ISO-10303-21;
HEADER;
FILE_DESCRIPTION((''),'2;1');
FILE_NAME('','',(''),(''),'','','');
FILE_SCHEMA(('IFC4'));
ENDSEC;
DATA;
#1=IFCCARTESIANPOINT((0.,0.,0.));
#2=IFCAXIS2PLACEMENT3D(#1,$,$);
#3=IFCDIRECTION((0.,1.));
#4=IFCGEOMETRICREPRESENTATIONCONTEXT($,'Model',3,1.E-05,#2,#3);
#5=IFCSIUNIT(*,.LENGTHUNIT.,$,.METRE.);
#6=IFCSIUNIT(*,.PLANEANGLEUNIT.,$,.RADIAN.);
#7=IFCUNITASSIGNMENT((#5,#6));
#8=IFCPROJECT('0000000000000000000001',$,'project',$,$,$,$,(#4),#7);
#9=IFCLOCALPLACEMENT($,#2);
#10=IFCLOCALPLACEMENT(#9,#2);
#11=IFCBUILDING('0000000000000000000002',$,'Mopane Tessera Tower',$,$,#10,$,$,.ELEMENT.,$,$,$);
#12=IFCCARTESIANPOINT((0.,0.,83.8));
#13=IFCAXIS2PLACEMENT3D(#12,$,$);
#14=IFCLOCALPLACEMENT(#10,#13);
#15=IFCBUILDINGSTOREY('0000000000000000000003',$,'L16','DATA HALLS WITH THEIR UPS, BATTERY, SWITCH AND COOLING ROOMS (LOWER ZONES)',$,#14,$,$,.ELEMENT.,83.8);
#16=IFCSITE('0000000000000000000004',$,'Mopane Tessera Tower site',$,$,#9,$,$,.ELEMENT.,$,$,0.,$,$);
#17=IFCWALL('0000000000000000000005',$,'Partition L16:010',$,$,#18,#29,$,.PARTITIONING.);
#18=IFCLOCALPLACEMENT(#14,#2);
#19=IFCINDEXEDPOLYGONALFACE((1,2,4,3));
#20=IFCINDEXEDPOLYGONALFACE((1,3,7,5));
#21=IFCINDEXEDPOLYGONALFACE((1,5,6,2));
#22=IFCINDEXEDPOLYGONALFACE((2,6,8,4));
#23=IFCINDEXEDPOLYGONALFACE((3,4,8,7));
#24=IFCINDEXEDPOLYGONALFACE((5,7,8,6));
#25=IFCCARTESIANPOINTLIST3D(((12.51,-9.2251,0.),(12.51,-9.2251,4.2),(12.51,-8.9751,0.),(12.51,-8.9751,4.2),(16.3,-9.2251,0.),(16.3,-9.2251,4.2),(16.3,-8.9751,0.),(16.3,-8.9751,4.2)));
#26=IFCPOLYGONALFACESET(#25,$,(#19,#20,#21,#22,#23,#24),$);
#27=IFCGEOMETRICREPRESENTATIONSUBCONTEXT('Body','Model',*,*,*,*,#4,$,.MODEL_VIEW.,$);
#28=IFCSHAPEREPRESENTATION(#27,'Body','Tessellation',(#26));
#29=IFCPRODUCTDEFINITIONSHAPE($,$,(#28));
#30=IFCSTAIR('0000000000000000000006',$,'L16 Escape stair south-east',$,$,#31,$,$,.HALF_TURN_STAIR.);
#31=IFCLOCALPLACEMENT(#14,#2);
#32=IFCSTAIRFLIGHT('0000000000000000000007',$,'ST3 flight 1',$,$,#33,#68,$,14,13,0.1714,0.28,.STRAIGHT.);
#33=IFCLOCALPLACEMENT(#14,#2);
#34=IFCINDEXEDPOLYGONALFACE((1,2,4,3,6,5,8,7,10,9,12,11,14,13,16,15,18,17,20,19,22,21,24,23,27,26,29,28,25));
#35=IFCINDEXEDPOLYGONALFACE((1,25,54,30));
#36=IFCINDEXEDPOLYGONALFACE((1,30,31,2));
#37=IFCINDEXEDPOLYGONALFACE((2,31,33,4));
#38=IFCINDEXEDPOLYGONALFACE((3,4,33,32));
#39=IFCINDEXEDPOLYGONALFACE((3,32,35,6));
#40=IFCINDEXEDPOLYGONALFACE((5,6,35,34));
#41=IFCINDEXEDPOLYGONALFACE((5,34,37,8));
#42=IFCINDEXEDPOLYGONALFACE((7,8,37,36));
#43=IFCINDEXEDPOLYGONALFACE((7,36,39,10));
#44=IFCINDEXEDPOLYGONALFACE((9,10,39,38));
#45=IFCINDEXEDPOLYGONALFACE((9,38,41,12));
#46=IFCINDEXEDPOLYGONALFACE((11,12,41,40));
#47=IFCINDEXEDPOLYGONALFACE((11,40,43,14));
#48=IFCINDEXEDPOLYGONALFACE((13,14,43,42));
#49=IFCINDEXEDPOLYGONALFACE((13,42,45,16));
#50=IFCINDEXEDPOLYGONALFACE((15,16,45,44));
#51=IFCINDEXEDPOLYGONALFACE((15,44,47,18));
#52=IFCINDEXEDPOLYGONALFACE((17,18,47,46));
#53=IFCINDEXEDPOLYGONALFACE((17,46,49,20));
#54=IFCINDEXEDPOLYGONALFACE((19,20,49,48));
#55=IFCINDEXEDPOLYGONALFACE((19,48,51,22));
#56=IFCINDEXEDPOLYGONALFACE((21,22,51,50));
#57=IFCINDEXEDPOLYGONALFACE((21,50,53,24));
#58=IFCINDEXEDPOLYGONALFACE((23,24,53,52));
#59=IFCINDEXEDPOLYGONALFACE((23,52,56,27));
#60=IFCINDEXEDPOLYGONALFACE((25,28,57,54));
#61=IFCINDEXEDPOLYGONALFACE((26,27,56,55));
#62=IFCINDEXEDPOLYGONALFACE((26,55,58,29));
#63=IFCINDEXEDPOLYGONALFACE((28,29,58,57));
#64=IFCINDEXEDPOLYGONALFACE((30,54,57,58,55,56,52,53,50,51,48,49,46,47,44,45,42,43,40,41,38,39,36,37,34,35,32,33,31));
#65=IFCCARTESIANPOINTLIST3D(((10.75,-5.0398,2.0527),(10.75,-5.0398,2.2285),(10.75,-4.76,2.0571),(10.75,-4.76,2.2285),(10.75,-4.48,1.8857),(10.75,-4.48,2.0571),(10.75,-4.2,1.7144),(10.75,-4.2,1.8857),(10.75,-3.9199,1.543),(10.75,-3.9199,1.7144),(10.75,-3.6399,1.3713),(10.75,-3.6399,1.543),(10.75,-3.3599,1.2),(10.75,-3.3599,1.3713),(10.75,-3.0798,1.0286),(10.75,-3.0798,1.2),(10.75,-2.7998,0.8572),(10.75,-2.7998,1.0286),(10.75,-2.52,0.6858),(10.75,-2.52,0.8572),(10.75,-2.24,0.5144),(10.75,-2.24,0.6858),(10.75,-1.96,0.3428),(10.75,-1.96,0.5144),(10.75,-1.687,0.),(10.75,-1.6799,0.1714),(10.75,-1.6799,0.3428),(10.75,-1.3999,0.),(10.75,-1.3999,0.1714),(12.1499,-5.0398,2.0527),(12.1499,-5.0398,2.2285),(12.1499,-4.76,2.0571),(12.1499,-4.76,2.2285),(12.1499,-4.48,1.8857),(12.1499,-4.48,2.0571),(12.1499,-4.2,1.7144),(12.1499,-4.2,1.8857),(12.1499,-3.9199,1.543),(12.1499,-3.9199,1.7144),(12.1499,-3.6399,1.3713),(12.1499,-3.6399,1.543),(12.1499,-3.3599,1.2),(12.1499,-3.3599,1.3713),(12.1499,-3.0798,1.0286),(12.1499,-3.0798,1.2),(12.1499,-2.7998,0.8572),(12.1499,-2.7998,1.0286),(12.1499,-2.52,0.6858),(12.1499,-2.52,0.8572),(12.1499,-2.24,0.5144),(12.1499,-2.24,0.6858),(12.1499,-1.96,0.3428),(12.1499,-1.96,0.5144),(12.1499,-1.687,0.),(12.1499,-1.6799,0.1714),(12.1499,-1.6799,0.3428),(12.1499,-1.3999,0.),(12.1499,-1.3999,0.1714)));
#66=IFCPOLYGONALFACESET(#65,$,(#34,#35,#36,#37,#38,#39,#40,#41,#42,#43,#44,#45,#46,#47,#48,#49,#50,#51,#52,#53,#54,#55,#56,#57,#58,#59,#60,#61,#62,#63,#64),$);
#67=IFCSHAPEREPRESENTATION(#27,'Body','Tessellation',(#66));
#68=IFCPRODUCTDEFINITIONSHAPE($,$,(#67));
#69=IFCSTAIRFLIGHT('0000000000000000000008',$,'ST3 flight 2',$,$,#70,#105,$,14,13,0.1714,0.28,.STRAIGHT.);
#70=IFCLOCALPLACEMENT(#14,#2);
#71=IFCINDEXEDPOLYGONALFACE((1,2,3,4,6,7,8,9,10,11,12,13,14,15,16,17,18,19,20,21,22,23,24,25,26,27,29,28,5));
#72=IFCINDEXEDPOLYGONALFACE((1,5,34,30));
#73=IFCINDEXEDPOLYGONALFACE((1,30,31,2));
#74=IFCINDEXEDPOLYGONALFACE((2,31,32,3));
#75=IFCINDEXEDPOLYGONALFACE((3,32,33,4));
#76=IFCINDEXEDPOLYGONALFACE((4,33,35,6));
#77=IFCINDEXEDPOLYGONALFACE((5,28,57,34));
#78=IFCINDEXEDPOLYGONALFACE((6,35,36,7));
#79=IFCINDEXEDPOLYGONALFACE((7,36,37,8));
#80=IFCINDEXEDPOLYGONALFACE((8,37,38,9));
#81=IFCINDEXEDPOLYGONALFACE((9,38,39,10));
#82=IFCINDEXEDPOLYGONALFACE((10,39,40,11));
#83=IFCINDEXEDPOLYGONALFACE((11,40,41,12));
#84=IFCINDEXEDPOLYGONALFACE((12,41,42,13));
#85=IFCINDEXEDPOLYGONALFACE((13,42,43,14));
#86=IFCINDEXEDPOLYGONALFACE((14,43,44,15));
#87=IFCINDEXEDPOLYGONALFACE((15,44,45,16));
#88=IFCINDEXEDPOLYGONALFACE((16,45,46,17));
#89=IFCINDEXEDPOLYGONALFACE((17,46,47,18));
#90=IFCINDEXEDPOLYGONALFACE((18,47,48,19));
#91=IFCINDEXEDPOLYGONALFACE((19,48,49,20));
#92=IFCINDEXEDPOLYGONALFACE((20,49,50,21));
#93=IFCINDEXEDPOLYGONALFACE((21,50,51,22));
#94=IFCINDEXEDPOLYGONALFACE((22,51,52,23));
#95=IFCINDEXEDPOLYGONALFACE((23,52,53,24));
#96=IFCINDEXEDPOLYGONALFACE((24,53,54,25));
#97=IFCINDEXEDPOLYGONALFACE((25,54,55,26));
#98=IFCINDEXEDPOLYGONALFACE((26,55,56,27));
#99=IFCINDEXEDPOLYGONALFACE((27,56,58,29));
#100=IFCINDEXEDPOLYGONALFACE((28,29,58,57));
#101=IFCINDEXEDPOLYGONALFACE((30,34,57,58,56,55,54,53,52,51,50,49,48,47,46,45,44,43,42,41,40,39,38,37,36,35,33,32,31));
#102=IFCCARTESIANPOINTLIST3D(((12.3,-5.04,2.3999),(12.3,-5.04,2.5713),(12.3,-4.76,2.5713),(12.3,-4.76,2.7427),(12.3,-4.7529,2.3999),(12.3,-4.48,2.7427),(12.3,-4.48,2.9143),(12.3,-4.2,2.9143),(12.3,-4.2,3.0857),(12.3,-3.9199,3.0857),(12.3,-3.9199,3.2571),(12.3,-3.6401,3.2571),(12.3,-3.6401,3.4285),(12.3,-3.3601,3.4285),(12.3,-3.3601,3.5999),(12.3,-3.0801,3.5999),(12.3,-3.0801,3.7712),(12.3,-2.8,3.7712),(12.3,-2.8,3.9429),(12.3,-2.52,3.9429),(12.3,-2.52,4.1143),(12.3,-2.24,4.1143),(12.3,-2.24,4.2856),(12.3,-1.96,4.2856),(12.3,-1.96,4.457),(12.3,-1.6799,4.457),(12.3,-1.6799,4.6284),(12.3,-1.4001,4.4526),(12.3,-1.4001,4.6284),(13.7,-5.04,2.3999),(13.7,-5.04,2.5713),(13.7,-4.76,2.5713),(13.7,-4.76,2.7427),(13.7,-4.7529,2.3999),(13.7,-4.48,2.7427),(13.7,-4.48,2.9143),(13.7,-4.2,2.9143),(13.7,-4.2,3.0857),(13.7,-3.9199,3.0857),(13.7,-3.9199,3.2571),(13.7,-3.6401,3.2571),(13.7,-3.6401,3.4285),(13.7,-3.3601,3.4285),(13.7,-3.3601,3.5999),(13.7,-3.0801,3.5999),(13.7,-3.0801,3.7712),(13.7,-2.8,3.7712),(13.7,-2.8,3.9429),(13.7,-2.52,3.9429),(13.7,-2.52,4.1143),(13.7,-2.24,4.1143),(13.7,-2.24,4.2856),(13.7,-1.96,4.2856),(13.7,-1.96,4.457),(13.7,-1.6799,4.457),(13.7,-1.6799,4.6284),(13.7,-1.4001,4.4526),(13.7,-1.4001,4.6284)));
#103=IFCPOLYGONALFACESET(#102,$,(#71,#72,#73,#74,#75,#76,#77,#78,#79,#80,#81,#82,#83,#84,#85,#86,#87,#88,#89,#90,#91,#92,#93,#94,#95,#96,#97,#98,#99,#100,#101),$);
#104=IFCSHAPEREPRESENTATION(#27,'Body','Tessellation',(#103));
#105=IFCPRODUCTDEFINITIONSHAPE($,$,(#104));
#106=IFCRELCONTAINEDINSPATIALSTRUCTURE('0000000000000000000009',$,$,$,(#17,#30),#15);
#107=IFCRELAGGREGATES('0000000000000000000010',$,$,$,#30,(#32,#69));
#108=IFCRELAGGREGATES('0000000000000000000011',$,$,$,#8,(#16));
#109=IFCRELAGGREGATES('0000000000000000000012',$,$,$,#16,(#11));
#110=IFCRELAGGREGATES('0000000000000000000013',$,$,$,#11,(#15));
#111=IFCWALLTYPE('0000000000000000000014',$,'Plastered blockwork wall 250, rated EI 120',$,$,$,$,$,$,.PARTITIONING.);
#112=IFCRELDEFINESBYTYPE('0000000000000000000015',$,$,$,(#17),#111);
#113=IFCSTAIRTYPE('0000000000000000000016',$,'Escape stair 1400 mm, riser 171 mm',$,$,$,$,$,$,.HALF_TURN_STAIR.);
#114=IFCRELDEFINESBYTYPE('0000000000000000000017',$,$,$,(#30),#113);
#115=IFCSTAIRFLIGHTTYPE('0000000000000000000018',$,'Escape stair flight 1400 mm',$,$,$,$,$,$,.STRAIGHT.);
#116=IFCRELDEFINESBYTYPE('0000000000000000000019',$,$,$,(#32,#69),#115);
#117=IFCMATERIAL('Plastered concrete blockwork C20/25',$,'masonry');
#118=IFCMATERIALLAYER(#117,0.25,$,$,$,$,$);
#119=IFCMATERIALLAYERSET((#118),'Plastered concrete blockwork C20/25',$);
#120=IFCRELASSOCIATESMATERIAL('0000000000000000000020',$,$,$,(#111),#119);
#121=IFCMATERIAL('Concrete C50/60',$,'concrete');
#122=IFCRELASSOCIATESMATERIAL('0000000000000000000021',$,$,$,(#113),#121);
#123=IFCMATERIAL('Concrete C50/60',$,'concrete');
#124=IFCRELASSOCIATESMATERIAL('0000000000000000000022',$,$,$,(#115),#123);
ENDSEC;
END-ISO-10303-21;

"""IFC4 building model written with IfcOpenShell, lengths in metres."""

from ifc_helpers import new_model, si_unit, direction, frame, frame_2d, origin, place, context, subcontext, project, spatial, polyline, rectangle, outline, extrude, material, layer, layer_set, type_object, element, aggregate, save


model = new_model("IFC4")

# Units and contexts
model_context = context("Model", 3, precision=1e-05, world=origin(), true_north=direction((0.0, 1.0)))
body_context = subcontext(model_context, "Body", "Model", "MODEL_VIEW")
ifc_project = project(units=[si_unit("LENGTHUNIT", "METRE"), si_unit("PLANEANGLEUNIT", "RADIAN")], contexts=[model_context])

# Site, building, storey
site_placement = place(None, origin())
site = spatial("IfcSite", under=ifc_project, at=site_placement, Name="Mopane Tessera Tower site", CompositionType="ELEMENT", RefElevation=0.0)
building_placement = place(site_placement, origin())
building = spatial("IfcBuilding", under=site, at=building_placement, Name="Mopane Tessera Tower", CompositionType="ELEMENT")
storey_placement = place(building_placement, frame((0.0, 0.0, 83.8)))
storey = spatial("IfcBuildingStorey", under=building, at=storey_placement, Name="L16", Description="DATA HALLS WITH THEIR UPS, BATTERY, SWITCH AND COOLING ROOMS (LOWER ZONES)", CompositionType="ELEMENT", Elevation=83.8)

# Wall
ifc_material_1 = material(Name="Plastered concrete blockwork C20/25", Category="masonry")
ifc_layer_1 = layer(ifc_material_1, 0.25)
ifc_layer_set_1 = layer_set([ifc_layer_1], Name="Plastered concrete blockwork C20/25")
wall_type_1 = type_object("IfcWallType", Name="Plastered blockwork wall 250, rated EI 120", PredefinedType="PARTITIONING", material=ifc_layer_set_1)
wall_1_placement = place(storey_placement, frame((12.51, -9.1001, 0.0), z_axis=(0.0, 0.0, 1.0), x_axis=(1.0, 0.0, 0.0)))
element("IfcWall", 1, at=wall_1_placement, inside=storey, type_object=wall_type_1, Name="Partition L16:010", PredefinedType="PARTITIONING", context=body_context, shape_type="SweptSolid", body=[
    extrude(rectangle(XDim=3.79, YDim=0.25, at=frame_2d((1.895, 0.0))), origin(), (0.0, 0.0, 1.0), 4.2),
])

# Stair, stair flights
ifc_material_2 = material(Name="Concrete C50/60", Category="concrete")
stair_type = type_object("IfcStairType", Name="Escape stair 1400 mm, riser 171 mm", PredefinedType="HALF_TURN_STAIR", material=ifc_material_2)
stair_placement = place(storey_placement, origin())
stair = element("IfcStair", 2, at=stair_placement, inside=storey, type_object=stair_type, Name="L16 Escape stair south-east", PredefinedType="HALF_TURN_STAIR")
ifc_material_3 = material(Name="Concrete C50/60", Category="concrete")
stair_flight_type = type_object("IfcStairFlightType", Name="Escape stair flight 1400 mm", PredefinedType="STRAIGHT", material=ifc_material_3)
stair_flight_1_placement = place(storey_placement, frame((11.45, -1.3999, 0.0), z_axis=(0.0, 0.0, 1.0), x_axis=(0.0, -1.0, 0.0)))
stair_flight_1 = element("IfcStairFlight", 3, at=stair_flight_1_placement, type_object=stair_flight_type, Name="ST3 flight 1", NumberOfRisers=14, NumberOfTreads=13, PredefinedType="STRAIGHT", RiserHeight=0.1714, TreadLength=0.28, context=body_context, shape_type="SweptSolid", body=[
    extrude(outline(polyline([(0.0, 0.0), (0.0, 0.1714), (0.28, 0.1714), (0.28, 0.3428), (0.5601, 0.3428), (0.5601, 0.5144), (0.8401, 0.5144), (0.8401, 0.6858), (1.1201, 0.6858), (1.1201, 0.8572), (1.3999, 0.8572), (1.3999, 1.0286), (1.6799, 1.0286), (1.6799, 1.2), (1.96, 1.2), (1.96, 1.3713), (2.24, 1.3713), (2.24, 1.543), (2.52, 1.543), (2.52, 1.7144), (2.8, 1.7144), (2.8, 1.8857), (3.0801, 1.8857), (3.0801, 2.0571), (3.3601, 2.0571), (3.3601, 2.2285), (3.6399, 2.2285), (3.6399, 2.3999), (3.6399, 2.0527), (0.2871, 0.0), (0.0, 0.0)])), frame((0.0, 0.7, 0.0), z_axis=(0.0, -1.0, 0.0), x_axis=(1.0, 0.0, 0.0)), (0.0, 0.0, 1.0), 1.3999),
])
stair_flight_2_placement = place(storey_placement, frame((13.0, -5.04, 2.3999), z_axis=(0.0, 0.0, 1.0), x_axis=(0.0, 1.0, 0.0)))
stair_flight_2 = element("IfcStairFlight", 4, at=stair_flight_2_placement, type_object=stair_flight_type, Name="ST3 flight 2", NumberOfRisers=14, NumberOfTreads=13, PredefinedType="STRAIGHT", RiserHeight=0.1714, TreadLength=0.28, context=body_context, shape_type="SweptSolid", body=[
    extrude(outline(polyline([(0.0, 0.0), (0.0, 0.1714), (0.28, 0.1714), (0.28, 0.3428), (0.5601, 0.3428), (0.5601, 0.5144), (0.8401, 0.5144), (0.8401, 0.6858), (1.1201, 0.6858), (1.1201, 0.8572), (1.3999, 0.8572), (1.3999, 1.0286), (1.6799, 1.0286), (1.6799, 1.2), (1.96, 1.2), (1.96, 1.3713), (2.24, 1.3713), (2.24, 1.543), (2.52, 1.543), (2.52, 1.7144), (2.8, 1.7144), (2.8, 1.8857), (3.0801, 1.8857), (3.0801, 2.0571), (3.3601, 2.0571), (3.3601, 2.2285), (3.6399, 2.2285), (3.6399, 2.3999), (3.6399, 2.0527), (0.2871, 0.0), (0.0, 0.0)])), frame((0.0, 0.7, 0.0), z_axis=(0.0, -1.0, 0.0), x_axis=(1.0, 0.0, 0.0)), (0.0, 0.0, 1.0), 1.3999),
])
aggregate(stair, [stair_flight_1, stair_flight_2])

save(model, "model.ifc")
